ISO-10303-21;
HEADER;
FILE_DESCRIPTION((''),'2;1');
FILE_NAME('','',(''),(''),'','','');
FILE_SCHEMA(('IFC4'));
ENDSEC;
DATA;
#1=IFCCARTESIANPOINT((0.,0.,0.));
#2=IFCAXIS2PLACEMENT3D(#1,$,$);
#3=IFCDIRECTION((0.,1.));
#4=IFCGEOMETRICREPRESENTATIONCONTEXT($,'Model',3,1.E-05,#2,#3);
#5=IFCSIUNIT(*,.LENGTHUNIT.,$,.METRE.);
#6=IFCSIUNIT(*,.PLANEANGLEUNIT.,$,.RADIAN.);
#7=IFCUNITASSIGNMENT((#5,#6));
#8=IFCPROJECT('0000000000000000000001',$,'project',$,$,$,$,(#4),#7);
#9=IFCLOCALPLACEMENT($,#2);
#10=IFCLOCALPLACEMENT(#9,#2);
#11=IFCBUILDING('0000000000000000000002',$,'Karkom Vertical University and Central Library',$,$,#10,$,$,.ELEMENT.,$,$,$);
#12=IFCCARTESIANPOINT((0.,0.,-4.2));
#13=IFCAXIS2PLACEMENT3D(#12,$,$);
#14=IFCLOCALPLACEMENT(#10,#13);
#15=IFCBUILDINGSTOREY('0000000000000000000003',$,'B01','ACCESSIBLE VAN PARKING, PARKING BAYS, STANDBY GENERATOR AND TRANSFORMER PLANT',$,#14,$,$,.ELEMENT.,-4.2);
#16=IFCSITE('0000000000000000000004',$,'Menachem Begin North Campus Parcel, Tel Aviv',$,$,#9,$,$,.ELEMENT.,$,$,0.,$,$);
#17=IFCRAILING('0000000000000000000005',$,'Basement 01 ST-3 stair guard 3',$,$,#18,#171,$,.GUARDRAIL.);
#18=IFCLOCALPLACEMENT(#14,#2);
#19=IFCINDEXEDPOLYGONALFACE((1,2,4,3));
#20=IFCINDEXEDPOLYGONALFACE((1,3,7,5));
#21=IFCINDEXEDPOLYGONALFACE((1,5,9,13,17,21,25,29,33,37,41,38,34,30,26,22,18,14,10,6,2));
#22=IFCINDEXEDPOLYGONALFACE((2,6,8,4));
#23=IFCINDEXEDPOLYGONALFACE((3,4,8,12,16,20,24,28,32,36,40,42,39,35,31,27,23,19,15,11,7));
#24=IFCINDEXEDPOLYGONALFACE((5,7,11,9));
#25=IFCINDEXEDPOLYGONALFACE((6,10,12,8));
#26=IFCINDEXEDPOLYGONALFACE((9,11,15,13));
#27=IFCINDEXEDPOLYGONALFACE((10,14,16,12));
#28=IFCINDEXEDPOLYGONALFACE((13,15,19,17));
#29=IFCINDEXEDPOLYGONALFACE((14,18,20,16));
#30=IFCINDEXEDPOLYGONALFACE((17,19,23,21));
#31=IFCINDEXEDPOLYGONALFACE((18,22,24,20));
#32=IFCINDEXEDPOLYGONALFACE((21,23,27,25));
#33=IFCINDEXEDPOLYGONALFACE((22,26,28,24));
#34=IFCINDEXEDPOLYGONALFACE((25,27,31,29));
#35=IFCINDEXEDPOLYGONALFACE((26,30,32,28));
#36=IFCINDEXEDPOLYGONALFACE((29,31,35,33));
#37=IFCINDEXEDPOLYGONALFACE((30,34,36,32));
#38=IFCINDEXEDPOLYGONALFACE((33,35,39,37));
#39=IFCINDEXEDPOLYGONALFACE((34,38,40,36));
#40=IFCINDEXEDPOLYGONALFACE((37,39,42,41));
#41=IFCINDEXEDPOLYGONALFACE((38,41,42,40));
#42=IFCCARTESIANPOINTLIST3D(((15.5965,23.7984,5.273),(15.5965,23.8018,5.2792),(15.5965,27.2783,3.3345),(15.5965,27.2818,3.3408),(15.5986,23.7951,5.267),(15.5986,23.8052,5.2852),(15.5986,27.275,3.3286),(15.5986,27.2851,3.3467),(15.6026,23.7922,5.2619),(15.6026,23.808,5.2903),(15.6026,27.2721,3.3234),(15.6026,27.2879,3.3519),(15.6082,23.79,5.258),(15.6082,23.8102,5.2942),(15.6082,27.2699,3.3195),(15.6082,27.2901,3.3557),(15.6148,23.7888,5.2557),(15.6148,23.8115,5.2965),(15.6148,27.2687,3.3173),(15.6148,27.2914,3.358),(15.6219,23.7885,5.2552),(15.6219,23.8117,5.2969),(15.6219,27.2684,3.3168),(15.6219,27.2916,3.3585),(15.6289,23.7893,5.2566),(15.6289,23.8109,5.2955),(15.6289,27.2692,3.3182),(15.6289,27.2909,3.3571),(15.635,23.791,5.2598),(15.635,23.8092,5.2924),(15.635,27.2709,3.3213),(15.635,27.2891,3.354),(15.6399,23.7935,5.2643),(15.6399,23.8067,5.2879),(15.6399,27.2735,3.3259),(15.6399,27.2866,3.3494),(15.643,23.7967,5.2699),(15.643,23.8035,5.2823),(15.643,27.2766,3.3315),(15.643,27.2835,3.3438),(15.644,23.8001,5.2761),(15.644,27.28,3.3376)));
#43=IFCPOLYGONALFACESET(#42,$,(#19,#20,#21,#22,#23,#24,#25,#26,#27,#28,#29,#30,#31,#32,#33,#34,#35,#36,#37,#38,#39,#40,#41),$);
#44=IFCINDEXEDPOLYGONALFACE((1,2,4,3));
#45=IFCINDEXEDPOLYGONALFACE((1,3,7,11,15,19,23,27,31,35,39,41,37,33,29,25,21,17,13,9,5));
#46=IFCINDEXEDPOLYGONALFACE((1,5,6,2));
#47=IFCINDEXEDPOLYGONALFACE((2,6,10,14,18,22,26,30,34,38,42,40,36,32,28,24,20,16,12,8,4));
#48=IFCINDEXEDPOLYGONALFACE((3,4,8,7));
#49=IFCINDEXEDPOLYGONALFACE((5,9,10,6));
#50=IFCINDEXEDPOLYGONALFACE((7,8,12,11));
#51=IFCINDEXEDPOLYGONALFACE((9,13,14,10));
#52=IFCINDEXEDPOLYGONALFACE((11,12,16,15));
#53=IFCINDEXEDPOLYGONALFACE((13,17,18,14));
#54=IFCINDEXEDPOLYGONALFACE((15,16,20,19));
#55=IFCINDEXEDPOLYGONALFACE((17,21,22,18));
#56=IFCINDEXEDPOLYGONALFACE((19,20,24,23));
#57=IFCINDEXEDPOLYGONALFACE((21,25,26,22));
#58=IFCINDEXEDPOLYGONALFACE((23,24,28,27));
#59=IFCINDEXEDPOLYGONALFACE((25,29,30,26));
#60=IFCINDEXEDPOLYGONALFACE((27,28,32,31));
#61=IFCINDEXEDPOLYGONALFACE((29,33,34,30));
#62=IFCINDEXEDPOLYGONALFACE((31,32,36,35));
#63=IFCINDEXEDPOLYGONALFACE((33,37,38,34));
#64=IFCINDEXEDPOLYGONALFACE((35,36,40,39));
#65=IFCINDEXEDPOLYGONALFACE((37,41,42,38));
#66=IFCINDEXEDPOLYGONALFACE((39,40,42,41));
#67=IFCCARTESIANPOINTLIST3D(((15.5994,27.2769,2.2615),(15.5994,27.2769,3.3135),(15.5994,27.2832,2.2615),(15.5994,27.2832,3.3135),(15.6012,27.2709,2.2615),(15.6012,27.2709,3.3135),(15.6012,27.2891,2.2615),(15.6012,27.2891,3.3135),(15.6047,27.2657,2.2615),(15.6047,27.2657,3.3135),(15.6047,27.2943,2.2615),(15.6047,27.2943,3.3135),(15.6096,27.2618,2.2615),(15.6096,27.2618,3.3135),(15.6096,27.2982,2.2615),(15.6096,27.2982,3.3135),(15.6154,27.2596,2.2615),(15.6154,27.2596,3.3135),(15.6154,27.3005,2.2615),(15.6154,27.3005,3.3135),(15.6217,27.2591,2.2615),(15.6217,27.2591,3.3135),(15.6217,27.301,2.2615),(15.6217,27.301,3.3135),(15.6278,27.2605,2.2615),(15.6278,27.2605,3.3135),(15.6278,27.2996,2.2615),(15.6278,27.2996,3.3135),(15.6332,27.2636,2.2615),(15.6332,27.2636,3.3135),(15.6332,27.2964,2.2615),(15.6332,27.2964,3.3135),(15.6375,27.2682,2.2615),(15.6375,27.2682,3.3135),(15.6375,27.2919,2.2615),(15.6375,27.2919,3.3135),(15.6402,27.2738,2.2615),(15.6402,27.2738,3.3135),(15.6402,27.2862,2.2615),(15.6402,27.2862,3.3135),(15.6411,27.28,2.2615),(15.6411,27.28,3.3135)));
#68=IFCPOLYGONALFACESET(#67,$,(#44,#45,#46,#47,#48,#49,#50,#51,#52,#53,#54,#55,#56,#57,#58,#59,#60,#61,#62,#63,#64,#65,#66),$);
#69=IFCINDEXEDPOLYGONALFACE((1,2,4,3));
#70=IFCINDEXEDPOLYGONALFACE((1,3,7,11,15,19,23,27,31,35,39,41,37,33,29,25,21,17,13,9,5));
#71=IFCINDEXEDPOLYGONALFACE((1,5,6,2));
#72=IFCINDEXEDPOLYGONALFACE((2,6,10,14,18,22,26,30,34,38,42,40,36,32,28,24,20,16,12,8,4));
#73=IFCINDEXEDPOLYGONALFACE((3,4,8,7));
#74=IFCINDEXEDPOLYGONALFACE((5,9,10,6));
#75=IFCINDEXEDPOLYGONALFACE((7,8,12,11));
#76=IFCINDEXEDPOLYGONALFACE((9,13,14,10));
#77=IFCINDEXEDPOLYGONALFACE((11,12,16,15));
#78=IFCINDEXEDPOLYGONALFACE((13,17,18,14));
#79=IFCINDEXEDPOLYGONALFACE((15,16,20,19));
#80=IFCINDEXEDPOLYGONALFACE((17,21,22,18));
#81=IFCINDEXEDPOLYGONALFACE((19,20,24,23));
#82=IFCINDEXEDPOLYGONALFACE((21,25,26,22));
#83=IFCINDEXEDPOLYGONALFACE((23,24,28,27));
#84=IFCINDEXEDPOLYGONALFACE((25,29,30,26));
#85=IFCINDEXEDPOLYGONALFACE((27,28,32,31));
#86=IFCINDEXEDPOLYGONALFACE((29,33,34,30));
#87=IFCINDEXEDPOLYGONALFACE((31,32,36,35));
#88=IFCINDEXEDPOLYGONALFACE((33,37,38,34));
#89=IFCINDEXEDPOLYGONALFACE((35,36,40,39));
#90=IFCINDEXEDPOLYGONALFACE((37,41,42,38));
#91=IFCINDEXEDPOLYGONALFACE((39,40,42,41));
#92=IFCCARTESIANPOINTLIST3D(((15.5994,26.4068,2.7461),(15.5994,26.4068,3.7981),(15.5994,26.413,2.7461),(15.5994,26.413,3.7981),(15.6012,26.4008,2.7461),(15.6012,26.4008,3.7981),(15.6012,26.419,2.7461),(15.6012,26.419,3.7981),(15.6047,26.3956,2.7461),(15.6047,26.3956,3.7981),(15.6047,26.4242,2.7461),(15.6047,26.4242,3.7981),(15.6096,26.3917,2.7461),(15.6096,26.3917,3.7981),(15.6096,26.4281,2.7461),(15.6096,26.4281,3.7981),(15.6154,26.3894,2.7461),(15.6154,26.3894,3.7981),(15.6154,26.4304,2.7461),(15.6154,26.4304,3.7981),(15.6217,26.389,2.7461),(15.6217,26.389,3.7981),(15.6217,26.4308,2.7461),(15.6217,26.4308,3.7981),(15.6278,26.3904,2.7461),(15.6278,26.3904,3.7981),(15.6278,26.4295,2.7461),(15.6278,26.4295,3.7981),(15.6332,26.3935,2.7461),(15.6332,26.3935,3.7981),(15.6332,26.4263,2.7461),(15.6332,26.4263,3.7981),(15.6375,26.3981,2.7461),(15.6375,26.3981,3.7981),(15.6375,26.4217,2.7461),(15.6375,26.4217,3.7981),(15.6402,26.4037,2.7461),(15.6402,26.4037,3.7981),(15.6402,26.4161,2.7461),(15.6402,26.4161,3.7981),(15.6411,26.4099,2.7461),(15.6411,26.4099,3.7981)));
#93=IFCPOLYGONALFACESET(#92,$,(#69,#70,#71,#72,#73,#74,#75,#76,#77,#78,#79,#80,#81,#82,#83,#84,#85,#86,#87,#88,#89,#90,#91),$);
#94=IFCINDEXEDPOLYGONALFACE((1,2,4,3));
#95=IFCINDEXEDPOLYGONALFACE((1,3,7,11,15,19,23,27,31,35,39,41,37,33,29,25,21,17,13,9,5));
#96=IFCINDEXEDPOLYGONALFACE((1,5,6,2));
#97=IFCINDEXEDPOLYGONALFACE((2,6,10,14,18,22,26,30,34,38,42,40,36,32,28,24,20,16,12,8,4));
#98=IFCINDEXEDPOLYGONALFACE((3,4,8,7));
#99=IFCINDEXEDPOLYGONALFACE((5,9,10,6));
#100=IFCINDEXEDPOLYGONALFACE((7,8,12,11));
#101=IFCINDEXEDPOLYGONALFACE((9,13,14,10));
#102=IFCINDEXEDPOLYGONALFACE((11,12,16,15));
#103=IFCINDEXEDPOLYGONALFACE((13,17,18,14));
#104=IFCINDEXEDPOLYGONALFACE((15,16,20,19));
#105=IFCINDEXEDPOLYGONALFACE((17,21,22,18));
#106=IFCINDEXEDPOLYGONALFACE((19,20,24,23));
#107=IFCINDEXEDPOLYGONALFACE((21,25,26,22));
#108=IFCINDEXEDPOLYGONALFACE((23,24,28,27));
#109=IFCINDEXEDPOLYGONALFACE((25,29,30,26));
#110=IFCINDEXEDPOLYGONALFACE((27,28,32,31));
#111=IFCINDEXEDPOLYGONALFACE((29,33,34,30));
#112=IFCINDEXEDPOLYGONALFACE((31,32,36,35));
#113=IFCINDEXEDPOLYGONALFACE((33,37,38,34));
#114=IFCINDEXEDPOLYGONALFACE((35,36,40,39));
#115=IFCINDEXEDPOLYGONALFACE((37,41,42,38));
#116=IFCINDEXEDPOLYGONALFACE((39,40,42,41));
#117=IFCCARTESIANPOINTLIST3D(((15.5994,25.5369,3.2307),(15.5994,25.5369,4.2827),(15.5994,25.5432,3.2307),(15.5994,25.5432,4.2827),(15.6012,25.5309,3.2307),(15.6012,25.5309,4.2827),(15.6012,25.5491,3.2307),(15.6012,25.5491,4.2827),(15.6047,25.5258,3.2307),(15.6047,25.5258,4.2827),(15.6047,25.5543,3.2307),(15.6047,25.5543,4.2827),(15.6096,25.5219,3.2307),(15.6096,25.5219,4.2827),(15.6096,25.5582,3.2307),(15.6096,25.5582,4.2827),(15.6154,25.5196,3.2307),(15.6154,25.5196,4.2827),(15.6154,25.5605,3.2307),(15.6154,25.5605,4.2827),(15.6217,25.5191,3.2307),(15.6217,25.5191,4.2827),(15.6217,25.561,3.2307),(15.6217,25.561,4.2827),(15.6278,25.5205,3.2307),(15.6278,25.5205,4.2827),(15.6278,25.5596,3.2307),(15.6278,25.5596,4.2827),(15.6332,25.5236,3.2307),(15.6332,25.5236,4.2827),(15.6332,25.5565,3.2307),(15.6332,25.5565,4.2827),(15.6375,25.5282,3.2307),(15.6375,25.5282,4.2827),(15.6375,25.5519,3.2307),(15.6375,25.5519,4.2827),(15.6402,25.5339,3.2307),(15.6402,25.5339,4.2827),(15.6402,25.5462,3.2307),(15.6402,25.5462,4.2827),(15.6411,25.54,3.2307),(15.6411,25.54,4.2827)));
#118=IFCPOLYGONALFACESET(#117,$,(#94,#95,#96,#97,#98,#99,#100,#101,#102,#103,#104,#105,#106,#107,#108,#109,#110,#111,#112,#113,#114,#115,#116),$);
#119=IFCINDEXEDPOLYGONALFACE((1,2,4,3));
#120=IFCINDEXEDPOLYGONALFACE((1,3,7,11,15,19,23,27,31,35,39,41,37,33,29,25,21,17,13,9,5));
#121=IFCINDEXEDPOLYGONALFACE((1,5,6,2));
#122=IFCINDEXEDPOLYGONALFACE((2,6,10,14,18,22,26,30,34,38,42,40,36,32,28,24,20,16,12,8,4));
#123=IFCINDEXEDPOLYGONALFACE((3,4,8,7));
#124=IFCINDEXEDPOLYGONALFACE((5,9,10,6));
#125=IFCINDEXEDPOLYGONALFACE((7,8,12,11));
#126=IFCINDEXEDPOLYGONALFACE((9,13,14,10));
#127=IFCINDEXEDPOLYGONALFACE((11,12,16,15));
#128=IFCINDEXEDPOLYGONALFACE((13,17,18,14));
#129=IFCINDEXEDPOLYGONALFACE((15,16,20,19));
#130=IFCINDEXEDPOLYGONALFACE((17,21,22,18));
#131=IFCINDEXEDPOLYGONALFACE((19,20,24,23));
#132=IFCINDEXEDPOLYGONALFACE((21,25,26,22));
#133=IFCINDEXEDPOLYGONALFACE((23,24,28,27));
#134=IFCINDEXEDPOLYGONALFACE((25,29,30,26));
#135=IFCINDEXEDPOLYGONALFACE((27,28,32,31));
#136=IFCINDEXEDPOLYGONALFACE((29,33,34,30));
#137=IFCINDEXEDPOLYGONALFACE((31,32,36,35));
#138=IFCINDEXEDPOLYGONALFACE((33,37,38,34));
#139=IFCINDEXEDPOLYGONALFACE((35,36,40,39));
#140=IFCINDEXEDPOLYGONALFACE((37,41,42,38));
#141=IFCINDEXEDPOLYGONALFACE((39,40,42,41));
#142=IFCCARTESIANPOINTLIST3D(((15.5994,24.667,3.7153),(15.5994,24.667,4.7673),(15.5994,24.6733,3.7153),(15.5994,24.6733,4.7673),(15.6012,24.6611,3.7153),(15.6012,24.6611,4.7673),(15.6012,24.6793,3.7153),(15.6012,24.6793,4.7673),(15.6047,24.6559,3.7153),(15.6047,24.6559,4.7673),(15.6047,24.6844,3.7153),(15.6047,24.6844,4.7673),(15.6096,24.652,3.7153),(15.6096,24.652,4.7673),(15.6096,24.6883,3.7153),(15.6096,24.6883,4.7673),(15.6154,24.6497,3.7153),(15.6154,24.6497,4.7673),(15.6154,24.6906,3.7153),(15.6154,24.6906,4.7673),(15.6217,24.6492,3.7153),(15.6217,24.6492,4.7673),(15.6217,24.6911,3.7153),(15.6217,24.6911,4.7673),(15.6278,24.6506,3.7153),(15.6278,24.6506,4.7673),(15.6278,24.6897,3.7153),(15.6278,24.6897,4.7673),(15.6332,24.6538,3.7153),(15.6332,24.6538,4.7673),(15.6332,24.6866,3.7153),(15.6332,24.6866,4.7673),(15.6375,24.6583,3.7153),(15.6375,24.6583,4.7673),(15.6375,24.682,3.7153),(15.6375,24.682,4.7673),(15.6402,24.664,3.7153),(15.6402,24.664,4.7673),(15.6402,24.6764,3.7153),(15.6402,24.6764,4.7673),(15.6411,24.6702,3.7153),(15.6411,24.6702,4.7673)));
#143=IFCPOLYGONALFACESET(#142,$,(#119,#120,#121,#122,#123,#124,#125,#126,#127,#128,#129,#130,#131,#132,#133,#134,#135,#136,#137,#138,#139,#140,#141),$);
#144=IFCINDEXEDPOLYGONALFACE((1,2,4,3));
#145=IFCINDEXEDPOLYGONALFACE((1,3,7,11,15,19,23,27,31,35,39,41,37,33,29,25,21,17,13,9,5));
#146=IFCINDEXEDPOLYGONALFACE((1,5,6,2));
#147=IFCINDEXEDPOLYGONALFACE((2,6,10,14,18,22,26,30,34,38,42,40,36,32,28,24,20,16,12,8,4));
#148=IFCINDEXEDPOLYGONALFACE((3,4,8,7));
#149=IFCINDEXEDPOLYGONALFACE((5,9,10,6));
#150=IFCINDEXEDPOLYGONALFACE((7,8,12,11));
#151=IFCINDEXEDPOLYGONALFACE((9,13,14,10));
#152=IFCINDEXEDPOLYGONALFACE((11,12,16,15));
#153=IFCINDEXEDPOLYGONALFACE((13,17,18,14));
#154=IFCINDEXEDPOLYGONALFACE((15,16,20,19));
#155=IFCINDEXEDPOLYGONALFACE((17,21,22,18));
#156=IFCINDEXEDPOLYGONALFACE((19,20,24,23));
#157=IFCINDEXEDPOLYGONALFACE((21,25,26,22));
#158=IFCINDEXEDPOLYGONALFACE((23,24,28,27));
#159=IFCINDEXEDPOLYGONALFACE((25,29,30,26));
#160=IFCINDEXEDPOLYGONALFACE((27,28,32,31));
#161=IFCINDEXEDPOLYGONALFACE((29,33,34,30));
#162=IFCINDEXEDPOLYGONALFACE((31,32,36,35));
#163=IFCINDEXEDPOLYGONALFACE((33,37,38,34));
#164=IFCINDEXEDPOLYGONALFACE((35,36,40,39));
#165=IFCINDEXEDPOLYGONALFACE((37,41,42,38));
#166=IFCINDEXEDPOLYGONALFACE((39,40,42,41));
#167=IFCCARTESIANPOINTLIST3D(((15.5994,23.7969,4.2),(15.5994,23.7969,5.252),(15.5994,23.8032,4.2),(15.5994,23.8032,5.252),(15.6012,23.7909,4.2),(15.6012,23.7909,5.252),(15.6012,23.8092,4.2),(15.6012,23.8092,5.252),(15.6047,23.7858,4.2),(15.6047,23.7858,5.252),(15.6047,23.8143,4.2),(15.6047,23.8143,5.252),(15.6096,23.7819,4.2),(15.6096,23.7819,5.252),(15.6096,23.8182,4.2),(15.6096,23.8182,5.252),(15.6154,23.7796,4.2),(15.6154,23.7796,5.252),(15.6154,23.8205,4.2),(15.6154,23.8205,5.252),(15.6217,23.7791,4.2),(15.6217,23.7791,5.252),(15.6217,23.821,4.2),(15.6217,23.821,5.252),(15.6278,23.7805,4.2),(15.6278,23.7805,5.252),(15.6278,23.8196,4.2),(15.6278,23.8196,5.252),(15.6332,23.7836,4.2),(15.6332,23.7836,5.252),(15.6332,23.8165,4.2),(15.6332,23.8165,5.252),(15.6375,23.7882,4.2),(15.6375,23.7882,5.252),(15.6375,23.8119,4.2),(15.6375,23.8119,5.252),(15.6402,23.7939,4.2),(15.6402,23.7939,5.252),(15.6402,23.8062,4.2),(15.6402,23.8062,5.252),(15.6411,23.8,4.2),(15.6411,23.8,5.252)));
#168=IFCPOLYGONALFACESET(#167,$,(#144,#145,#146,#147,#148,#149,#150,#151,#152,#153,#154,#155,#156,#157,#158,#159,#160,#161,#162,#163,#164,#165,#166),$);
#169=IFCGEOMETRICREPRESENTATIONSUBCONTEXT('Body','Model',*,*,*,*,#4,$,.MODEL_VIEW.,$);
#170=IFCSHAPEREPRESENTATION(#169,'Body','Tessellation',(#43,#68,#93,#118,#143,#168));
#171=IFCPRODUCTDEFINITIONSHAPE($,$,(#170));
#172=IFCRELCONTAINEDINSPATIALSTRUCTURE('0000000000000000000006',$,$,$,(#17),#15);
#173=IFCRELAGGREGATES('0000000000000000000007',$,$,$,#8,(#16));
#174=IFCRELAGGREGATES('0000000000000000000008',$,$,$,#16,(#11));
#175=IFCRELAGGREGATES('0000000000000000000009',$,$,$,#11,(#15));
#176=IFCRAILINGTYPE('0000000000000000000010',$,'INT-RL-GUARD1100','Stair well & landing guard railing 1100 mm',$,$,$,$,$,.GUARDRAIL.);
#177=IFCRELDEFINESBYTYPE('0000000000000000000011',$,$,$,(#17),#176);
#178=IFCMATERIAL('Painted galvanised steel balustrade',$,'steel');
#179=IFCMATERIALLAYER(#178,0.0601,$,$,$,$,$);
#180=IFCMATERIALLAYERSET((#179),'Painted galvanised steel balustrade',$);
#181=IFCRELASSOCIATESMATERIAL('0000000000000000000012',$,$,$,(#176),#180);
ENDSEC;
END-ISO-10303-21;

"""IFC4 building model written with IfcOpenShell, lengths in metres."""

from ifc_helpers import new_model, si_unit, direction, frame, origin, origin_2d, place, context, subcontext, project, spatial, circle, extrude, material, layer, layer_set, type_object, element, save


model = new_model("IFC4")

# Units and contexts
model_context = context("Model", 3, precision=1e-05, world=origin(), true_north=direction((0.0, 1.0)))
body_context = subcontext(model_context, "Body", "Model", "MODEL_VIEW")
ifc_project = project(units=[si_unit("LENGTHUNIT", "METRE"), si_unit("PLANEANGLEUNIT", "RADIAN")], contexts=[model_context])

# Site, building, storey
site_placement = place(None, origin())
site = spatial("IfcSite", under=ifc_project, at=site_placement, Name="Menachem Begin North Campus Parcel, Tel Aviv", CompositionType="ELEMENT", RefElevation=0.0)
building_placement = place(site_placement, origin())
building = spatial("IfcBuilding", under=site, at=building_placement, Name="Karkom Vertical University and Central Library", CompositionType="ELEMENT")
storey_placement = place(building_placement, frame((0.0, 0.0, -4.2)))
storey = spatial("IfcBuildingStorey", under=building, at=storey_placement, Name="B01", Description="ACCESSIBLE VAN PARKING, PARKING BAYS, STANDBY GENERATOR AND TRANSFORMER PLANT", CompositionType="ELEMENT", Elevation=-4.2)

# Railing
ifc_material_1 = material(Name="Painted galvanised steel balustrade", Category="steel")
ifc_layer_1 = layer(ifc_material_1, 0.0601)
ifc_layer_set_1 = layer_set([ifc_layer_1], Name="Painted galvanised steel balustrade")
railing_type_1 = type_object("IfcRailingType", Name="INT-RL-GUARD1100", Description="Stair well & landing guard railing 1100 mm", PredefinedType="GUARDRAIL", material=ifc_layer_set_1)
railing_1_placement = place(storey_placement, frame((15.6201, 27.28, 2.2615)))
element("IfcRailing", 1, at=railing_1_placement, inside=storey, type_object=railing_type_1, Name="Basement 01 ST-3 stair guard 3", PredefinedType="GUARDRAIL", context=body_context, shape_type="SweptSolid", body=[
    extrude(circle(Radius=0.0239, at=origin_2d()), frame((0.0, 0.0, 1.0762), z_axis=(0.0, -0.873607, 0.486631), x_axis=(1.0, 0.0, 0.0)), (0.0, 0.0, 1.0), 3.9834),
    extrude(circle(Radius=0.021, at=origin_2d()), origin(), (0.0, 0.0, 1.0), 1.052),
    extrude(circle(Radius=0.021, at=origin_2d()), frame((0.0, -0.8701, 0.4846)), (0.0, 0.0, 1.0), 1.052),
    extrude(circle(Radius=0.021, at=origin_2d()), frame((0.0, -1.74, 0.9692)), (0.0, 0.0, 1.0), 1.052),
    extrude(circle(Radius=0.021, at=origin_2d()), frame((0.0, -2.6099, 1.4539)), (0.0, 0.0, 1.0), 1.052),
    extrude(circle(Radius=0.021, at=origin_2d()), frame((0.0, -3.48, 1.9385)), (0.0, 0.0, 1.0), 1.052),
])

save(model, "model.ifc")
